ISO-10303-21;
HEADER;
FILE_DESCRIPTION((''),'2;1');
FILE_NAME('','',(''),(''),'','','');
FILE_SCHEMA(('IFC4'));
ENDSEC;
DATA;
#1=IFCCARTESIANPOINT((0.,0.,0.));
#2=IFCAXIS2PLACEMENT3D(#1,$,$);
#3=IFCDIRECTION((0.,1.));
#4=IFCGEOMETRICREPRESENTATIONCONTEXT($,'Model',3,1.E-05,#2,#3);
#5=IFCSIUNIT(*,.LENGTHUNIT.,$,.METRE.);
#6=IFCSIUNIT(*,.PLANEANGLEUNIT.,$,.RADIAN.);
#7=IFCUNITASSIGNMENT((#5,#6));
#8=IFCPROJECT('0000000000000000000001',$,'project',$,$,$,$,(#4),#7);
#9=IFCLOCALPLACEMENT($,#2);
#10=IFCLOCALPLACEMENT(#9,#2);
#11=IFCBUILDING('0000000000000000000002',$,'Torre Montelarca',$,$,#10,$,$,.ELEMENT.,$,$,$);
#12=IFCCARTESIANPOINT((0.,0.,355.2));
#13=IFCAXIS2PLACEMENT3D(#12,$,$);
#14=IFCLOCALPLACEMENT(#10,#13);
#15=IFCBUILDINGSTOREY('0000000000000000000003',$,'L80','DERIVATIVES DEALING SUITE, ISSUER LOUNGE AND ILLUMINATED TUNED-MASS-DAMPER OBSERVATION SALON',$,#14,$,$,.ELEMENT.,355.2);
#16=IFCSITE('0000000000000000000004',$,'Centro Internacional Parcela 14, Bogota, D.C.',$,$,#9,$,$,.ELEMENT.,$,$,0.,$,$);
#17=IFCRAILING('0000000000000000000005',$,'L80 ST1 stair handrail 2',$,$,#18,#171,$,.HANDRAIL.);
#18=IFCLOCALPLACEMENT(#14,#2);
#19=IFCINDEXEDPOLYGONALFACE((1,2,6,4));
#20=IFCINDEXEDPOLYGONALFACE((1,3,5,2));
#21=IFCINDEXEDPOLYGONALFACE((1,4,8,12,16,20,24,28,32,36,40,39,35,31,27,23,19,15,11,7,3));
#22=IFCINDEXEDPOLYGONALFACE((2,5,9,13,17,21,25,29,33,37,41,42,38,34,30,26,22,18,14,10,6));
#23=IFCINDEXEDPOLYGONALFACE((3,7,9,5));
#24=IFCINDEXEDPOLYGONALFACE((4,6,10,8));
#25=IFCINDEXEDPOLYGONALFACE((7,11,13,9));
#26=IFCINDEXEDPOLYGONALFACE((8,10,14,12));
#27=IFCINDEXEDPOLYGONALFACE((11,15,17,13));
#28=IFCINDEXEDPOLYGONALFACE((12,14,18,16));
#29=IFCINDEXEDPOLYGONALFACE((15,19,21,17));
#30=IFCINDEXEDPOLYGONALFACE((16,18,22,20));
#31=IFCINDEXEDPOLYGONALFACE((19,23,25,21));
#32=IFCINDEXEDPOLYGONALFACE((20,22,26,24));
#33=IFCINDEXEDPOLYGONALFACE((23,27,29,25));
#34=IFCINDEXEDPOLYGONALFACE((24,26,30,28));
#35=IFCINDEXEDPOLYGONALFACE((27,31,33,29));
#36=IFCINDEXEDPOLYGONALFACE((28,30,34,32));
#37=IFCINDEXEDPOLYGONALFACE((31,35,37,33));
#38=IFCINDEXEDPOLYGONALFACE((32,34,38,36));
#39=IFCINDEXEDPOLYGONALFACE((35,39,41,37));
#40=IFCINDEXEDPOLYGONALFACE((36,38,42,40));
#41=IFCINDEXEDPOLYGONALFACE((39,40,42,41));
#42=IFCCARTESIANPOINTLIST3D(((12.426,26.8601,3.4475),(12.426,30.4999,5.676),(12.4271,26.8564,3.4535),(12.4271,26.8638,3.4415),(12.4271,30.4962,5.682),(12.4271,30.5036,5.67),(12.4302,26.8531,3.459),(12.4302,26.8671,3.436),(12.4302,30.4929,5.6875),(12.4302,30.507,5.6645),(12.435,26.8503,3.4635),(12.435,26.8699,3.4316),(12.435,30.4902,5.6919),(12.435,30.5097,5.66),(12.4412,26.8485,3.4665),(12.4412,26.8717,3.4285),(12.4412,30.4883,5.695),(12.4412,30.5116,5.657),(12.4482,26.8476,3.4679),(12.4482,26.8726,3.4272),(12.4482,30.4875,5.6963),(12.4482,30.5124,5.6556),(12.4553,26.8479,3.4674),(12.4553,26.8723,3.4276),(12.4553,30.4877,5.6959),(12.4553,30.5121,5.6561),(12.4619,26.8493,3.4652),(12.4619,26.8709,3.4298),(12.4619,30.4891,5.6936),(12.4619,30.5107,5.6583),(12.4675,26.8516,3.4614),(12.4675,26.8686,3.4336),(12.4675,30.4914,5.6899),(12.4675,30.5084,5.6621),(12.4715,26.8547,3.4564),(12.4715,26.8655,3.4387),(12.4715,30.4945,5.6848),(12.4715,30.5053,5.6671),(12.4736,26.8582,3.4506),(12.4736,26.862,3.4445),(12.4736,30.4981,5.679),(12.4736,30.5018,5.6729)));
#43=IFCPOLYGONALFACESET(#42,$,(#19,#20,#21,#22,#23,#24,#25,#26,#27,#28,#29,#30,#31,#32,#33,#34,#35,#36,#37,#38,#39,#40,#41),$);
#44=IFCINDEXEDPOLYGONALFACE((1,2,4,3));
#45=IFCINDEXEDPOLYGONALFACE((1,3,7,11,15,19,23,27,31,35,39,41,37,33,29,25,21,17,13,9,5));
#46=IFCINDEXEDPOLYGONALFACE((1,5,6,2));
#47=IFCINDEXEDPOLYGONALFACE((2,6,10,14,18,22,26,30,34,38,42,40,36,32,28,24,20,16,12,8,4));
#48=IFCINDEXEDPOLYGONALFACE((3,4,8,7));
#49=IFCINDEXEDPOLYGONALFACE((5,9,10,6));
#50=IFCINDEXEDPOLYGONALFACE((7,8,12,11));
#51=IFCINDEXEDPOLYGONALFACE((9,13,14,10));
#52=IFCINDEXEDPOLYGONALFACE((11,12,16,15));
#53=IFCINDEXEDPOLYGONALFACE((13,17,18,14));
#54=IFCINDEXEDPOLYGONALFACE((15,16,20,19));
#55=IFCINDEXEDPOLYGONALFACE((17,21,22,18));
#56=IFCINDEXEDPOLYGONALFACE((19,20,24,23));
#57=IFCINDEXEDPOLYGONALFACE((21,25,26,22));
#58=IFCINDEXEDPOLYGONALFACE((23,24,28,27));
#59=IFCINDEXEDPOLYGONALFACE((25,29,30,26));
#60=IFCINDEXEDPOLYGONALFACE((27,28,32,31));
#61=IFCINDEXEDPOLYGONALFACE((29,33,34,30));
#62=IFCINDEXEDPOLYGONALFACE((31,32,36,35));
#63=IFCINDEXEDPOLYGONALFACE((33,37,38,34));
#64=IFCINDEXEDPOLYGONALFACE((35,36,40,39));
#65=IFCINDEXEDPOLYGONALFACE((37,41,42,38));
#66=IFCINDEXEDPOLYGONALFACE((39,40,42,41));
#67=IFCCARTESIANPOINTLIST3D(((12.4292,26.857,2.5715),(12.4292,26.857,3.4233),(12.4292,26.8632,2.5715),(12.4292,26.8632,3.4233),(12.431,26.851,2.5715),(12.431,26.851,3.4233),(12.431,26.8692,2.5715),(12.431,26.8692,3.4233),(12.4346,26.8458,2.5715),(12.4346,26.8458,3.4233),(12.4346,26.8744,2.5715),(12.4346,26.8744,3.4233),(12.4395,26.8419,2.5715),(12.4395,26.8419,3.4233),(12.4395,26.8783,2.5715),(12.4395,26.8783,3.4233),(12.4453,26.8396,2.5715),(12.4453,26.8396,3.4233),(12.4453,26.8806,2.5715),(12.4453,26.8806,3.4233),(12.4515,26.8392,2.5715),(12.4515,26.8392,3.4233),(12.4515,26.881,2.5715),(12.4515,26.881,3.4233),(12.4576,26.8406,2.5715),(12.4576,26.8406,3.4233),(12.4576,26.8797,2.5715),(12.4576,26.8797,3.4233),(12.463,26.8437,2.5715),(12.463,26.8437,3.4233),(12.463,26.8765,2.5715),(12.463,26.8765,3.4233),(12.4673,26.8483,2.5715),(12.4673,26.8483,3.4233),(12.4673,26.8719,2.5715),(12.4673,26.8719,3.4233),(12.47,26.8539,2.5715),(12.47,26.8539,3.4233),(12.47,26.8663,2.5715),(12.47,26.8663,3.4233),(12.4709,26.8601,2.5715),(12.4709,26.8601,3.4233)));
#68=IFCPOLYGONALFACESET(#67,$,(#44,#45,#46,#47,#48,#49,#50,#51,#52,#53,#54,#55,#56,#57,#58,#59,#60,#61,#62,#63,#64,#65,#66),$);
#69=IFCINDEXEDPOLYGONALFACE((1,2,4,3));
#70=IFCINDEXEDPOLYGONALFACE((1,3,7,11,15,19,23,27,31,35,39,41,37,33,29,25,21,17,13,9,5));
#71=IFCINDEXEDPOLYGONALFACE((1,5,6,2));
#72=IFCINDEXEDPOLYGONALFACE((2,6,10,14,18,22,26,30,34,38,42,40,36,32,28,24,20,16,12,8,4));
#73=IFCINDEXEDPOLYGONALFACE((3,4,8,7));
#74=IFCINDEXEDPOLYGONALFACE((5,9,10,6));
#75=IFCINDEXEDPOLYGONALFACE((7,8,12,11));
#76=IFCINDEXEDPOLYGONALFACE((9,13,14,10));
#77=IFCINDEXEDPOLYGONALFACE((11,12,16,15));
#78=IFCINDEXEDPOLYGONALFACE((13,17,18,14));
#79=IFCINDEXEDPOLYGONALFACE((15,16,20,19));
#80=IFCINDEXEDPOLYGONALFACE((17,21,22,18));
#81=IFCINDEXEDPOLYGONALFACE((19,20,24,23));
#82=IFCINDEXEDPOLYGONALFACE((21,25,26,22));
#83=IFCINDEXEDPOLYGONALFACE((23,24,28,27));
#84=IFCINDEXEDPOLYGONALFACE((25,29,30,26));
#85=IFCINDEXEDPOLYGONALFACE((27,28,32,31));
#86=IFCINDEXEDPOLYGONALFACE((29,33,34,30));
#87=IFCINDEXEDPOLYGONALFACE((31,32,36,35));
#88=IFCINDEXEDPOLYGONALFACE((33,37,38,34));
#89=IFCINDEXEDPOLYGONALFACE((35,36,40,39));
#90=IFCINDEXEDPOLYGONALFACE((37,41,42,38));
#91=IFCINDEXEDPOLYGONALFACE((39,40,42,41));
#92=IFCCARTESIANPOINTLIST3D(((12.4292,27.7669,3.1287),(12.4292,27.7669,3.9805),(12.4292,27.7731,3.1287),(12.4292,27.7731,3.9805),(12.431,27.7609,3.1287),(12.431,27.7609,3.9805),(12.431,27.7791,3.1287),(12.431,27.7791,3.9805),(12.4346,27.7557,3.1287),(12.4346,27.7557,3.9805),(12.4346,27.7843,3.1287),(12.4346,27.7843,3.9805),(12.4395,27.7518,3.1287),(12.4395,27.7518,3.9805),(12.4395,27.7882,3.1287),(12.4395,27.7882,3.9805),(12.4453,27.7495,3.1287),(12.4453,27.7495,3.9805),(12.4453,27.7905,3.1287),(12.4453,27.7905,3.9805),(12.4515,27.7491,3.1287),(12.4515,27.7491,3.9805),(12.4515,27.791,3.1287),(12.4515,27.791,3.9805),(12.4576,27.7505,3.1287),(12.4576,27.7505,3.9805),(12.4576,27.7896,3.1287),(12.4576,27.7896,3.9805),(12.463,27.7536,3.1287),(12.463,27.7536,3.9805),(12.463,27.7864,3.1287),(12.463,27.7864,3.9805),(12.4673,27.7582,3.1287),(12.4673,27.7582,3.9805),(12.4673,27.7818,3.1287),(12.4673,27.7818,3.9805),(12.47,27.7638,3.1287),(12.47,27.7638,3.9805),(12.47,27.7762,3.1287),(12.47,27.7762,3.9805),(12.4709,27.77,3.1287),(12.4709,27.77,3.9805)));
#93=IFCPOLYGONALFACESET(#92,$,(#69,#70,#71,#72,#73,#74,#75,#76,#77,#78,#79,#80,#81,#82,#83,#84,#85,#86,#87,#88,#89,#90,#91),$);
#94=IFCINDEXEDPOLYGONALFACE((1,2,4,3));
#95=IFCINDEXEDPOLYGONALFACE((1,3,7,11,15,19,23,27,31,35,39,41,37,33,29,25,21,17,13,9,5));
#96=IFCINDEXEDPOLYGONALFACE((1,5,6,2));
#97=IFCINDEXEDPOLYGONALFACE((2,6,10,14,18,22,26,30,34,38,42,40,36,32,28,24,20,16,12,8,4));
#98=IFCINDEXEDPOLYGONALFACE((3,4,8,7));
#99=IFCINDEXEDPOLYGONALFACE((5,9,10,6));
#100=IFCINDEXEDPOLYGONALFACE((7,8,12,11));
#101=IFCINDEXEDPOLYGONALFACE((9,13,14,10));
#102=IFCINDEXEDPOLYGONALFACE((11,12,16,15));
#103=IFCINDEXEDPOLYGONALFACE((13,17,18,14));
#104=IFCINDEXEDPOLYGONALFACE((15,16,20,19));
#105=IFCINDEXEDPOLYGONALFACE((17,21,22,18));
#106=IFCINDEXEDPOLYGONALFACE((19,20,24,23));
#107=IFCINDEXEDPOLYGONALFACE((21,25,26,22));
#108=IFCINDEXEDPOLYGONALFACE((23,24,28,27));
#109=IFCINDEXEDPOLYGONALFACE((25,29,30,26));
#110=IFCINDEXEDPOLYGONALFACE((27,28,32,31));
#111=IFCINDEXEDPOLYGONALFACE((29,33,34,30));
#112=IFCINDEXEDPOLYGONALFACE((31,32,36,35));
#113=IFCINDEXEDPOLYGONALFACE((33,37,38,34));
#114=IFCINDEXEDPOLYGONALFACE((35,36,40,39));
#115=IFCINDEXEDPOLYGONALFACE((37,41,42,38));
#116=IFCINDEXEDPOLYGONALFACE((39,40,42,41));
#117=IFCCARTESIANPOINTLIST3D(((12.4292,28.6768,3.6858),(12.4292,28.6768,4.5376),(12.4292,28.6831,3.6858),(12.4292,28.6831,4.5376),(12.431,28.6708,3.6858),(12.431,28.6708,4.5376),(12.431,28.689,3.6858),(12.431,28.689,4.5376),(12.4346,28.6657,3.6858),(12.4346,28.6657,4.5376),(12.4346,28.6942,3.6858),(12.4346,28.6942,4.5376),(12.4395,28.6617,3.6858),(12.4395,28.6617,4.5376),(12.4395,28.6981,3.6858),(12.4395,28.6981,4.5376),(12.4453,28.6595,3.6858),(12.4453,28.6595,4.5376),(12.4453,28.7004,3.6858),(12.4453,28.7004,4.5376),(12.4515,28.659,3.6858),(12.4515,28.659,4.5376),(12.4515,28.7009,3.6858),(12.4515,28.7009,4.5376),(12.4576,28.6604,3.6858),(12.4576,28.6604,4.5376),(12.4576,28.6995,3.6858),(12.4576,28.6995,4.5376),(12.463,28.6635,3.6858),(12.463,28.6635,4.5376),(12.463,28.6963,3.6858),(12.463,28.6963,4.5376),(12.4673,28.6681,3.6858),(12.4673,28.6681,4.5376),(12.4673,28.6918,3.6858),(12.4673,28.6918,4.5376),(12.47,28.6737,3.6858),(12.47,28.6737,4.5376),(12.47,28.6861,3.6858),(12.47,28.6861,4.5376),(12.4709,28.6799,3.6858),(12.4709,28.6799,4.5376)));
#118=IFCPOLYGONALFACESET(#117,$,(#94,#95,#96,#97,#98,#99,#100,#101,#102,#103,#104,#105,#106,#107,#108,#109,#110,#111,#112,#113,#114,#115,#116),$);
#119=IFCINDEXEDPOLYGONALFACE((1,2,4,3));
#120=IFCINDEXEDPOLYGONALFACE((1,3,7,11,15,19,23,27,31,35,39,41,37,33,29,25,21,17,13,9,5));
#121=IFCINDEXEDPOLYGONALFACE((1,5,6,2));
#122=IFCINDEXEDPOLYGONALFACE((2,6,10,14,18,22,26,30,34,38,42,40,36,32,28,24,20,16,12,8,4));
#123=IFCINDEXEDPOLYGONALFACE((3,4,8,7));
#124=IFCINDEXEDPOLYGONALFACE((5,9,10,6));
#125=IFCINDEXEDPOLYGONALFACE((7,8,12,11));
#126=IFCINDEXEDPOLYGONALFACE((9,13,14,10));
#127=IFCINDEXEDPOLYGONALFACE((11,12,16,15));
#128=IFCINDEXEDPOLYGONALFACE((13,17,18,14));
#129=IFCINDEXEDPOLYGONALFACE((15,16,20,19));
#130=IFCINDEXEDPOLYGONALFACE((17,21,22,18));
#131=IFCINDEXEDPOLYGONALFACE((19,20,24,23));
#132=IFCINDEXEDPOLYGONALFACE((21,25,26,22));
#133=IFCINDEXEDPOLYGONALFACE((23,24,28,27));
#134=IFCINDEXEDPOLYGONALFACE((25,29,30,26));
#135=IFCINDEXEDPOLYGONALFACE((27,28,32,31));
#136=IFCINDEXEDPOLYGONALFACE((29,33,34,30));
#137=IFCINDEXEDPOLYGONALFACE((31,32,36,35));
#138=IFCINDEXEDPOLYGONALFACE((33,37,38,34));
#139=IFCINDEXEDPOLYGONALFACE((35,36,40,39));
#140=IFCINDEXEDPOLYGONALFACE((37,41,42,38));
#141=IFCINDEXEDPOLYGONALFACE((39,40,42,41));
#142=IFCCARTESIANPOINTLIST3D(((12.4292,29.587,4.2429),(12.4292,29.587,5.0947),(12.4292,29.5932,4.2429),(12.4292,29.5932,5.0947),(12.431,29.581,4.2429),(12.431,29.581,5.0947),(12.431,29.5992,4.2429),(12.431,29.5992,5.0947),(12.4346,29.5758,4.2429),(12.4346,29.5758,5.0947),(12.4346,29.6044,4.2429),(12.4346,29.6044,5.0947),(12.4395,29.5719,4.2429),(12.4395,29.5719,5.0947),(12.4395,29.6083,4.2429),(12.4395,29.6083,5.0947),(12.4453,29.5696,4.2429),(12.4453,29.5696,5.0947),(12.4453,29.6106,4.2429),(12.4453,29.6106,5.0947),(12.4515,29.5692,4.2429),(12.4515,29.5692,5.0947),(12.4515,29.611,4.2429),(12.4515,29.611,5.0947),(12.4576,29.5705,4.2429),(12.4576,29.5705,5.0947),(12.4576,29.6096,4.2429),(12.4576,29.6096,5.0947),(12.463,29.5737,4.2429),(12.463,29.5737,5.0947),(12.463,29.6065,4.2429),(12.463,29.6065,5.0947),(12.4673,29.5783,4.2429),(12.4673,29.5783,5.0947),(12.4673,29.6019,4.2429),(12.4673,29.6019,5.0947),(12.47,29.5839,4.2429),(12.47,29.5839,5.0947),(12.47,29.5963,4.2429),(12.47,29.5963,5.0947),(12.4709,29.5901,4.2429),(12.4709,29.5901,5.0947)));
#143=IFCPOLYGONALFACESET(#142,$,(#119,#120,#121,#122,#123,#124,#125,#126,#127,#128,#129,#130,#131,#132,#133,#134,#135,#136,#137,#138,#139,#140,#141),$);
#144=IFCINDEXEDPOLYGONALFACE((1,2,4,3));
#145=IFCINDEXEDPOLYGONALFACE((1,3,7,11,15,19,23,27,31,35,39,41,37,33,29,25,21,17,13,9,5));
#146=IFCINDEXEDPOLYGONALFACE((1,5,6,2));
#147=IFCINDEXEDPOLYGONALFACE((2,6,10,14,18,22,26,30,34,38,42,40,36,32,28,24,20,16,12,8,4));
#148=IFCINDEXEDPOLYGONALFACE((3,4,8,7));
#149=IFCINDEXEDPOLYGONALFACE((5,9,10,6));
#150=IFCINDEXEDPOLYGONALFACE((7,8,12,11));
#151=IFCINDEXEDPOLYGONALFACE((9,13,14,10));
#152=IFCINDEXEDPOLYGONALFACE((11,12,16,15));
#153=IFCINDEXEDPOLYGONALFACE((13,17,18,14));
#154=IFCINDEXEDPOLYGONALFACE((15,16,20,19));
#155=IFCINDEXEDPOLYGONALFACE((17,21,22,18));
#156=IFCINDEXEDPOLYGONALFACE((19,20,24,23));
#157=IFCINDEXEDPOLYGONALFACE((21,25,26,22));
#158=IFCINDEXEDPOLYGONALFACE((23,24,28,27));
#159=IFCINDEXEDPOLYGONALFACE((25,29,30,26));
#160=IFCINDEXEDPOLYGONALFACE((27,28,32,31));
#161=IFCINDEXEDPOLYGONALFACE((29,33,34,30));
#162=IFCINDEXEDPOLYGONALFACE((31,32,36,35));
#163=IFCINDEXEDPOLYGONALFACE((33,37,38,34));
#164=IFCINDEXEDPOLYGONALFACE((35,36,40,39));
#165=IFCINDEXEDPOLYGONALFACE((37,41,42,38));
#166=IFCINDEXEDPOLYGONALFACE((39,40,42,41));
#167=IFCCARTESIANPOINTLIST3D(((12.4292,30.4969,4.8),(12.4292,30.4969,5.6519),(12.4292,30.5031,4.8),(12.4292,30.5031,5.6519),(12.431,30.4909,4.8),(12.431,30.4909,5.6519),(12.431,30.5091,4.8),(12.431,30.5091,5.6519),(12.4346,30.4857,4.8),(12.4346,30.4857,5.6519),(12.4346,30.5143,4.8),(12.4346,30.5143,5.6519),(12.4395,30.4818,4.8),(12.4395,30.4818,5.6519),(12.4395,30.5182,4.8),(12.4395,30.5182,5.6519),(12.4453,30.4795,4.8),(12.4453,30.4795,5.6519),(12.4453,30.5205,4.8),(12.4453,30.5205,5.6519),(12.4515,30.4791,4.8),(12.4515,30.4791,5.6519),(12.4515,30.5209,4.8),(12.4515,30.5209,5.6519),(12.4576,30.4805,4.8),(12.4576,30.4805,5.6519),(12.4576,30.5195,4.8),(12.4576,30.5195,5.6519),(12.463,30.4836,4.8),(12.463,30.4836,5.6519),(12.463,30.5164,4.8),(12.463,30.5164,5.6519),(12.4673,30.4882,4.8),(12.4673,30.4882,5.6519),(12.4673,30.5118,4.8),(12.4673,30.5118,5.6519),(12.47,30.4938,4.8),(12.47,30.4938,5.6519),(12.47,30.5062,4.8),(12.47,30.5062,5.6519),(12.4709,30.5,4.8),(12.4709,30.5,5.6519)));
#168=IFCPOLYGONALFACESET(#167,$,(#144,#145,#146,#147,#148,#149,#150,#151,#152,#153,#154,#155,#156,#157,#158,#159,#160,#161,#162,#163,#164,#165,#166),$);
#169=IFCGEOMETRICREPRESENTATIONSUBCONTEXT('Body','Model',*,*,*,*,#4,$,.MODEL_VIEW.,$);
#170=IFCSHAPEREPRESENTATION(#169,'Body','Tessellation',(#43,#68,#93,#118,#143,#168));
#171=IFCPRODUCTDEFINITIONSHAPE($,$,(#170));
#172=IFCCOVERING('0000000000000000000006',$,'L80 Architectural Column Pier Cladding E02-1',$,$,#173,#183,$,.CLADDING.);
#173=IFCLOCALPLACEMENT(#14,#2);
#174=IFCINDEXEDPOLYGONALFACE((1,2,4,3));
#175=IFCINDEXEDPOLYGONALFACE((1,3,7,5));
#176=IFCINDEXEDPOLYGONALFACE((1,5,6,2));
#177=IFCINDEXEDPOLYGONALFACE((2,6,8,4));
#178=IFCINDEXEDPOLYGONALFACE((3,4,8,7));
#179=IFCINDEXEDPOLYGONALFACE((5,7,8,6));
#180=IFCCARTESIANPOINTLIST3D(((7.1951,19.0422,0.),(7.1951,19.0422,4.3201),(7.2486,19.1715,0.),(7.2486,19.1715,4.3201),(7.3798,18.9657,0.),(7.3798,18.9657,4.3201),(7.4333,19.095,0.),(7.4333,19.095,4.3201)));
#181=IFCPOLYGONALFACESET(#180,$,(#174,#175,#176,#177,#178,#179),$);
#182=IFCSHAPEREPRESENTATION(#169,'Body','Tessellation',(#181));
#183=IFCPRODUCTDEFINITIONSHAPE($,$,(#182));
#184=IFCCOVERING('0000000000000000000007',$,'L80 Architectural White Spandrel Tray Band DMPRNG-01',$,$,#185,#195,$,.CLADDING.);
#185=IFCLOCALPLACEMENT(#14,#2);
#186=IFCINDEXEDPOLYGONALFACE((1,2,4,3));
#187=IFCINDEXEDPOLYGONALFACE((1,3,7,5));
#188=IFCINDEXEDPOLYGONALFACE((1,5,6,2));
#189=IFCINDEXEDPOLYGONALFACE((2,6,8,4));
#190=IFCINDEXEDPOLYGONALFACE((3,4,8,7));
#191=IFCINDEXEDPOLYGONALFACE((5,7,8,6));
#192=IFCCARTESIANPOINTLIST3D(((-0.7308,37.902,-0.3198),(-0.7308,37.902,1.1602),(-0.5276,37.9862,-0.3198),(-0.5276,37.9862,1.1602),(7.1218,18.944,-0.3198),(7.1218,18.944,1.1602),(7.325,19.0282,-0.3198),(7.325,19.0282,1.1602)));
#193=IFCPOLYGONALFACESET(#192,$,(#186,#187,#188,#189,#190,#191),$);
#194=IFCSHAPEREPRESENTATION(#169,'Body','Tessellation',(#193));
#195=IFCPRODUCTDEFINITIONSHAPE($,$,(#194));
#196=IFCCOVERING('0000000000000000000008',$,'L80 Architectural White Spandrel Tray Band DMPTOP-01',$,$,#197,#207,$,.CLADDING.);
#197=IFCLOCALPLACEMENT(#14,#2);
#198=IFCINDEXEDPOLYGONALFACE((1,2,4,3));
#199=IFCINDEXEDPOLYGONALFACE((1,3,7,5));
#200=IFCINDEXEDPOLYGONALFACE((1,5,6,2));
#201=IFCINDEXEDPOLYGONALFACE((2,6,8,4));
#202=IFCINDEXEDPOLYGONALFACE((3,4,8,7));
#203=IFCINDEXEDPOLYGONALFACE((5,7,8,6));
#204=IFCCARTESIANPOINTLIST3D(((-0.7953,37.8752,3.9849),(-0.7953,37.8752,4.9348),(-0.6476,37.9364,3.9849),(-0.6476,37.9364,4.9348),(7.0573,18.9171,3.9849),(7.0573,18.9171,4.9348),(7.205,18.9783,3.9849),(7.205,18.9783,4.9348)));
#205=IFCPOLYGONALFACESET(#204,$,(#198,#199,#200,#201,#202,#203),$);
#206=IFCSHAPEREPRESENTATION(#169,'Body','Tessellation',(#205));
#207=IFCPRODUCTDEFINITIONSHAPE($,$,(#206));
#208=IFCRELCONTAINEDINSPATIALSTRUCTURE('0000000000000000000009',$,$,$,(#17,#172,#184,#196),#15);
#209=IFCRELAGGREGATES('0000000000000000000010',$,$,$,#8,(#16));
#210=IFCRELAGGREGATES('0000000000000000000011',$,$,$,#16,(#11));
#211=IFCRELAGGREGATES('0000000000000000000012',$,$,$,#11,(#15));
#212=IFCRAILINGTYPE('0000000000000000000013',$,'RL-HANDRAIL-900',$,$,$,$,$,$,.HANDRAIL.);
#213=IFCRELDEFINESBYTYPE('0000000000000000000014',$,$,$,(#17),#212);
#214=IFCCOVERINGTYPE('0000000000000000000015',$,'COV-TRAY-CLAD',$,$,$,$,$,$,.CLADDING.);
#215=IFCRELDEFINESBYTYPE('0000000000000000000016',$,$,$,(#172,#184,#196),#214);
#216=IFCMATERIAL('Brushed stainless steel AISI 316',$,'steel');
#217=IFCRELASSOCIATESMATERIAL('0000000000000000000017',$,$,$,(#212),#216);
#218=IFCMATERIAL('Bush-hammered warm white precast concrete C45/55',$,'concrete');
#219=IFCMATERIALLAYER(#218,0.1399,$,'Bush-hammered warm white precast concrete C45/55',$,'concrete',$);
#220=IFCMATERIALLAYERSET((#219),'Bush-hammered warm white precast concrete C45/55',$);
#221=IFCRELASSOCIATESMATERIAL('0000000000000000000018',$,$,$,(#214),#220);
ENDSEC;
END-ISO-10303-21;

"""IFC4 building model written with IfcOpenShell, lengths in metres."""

from ifc_helpers import new_model, si_unit, direction, frame, origin, origin_2d, place, context, subcontext, project, spatial, rectangle, circle, extrude, source, transform, mapped, material, layer, layer_set, type_object, element, save


model = new_model("IFC4")

# Units and contexts
model_context = context("Model", 3, precision=1e-05, world=origin(), true_north=direction((0.0, 1.0)))
body_context = subcontext(model_context, "Body", "Model", "MODEL_VIEW")
ifc_project = project(units=[si_unit("LENGTHUNIT", "METRE"), si_unit("PLANEANGLEUNIT", "RADIAN")], contexts=[model_context])

# Site, building, storey
site_placement = place(None, origin())
site = spatial("IfcSite", under=ifc_project, at=site_placement, Name="Centro Internacional Parcela 14, Bogota, D.C.", CompositionType="ELEMENT", RefElevation=0.0)
building_placement = place(site_placement, origin())
building = spatial("IfcBuilding", under=site, at=building_placement, Name="Torre Montelarca", CompositionType="ELEMENT")
storey_placement = place(building_placement, frame((0.0, 0.0, 355.2)))
storey = spatial("IfcBuildingStorey", under=building, at=storey_placement, Name="L80", Description="DERIVATIVES DEALING SUITE, ISSUER LOUNGE AND ILLUMINATED TUNED-MASS-DAMPER OBSERVATION SALON", CompositionType="ELEMENT", Elevation=355.2)

# Railing
ifc_material_1 = material(Name="Brushed stainless steel AISI 316", Category="steel")
railing_type_1 = type_object("IfcRailingType", Name="RL-HANDRAIL-900", PredefinedType="HANDRAIL", material=ifc_material_1)
railing_1_placement = place(storey_placement, frame((12.45, 26.8601, 2.5715)))
element("IfcRailing", 1, at=railing_1_placement, inside=storey, type_object=railing_type_1, Name="L80 ST1 stair handrail 2", PredefinedType="HANDRAIL", context=body_context, shape_type="SweptSolid", body=[
    extrude(circle(Radius=0.0239, at=origin_2d()), frame((0.0, 0.0, 0.876), z_axis=(0.0, 0.85285, 0.522156), x_axis=(-1.0, 0.0, 0.0)), (0.0, 0.0, 1.0), 4.2678),
    extrude(circle(Radius=0.021, at=origin_2d()), origin(), (0.0, 0.0, 1.0), 0.8518),
    extrude(circle(Radius=0.021, at=origin_2d()), frame((0.0, 0.9099, 0.5571)), (0.0, 0.0, 1.0), 0.8518),
    extrude(circle(Radius=0.021, at=origin_2d()), frame((0.0, 1.8198, 1.1143)), (0.0, 0.0, 1.0), 0.8518),
    extrude(circle(Radius=0.021, at=origin_2d()), frame((0.0, 2.73, 1.6714)), (0.0, 0.0, 1.0), 0.8518),
    extrude(circle(Radius=0.021, at=origin_2d()), frame((0.0, 3.6399, 2.2285)), (0.0, 0.0, 1.0), 0.8518),
])

# Coverings
ifc_material_2 = material(Name="Bush-hammered warm white precast concrete C45/55", Category="concrete")
ifc_layer_1 = layer(ifc_material_2, 0.1399, Name="Bush-hammered warm white precast concrete C45/55", Category="concrete")
ifc_layer_set_1 = layer_set([ifc_layer_1], Name="Bush-hammered warm white precast concrete C45/55")
covering_type = type_object("IfcCoveringType", Name="COV-TRAY-CLAD", PredefinedType="CLADDING", material=ifc_layer_set_1)
shared_shape_1 = source(origin(), body_context, "Body", "SweptSolid", [
    extrude(rectangle(XDim=0.2, YDim=0.1399, at=origin_2d()), origin(), (0.0, 0.0, 1.0), 4.3201),
])
covering_1_placement = place(storey_placement, frame((7.3142, 19.0686, 0.0), z_axis=(0.0, 0.0, 1.0), x_axis=(0.923884, -0.382672, 0.0)))
element("IfcCovering", 2, at=covering_1_placement, inside=storey, type_object=covering_type, Name="L80 Architectural Column Pier Cladding E02-1", PredefinedType="CLADDING", context=body_context, shape_type="MappedRepresentation", body=[
    mapped(shared_shape_1, transform((0.0, 0.0, 0.0), scale=1.0)),
])
shared_shape_2 = source(origin(), body_context, "Body", "SweptSolid", [
    extrude(rectangle(XDim=20.52, YDim=0.22, at=origin_2d()), origin(), (0.0, 0.0, 1.0), 1.48),
])
covering_2_placement = place(storey_placement, frame((3.2971, 28.4651, -0.3198), z_axis=(0.0, 0.0, 1.0), x_axis=(0.38268, -0.923881, 0.0)))
element("IfcCovering", 3, at=covering_2_placement, inside=storey, type_object=covering_type, Name="L80 Architectural White Spandrel Tray Band DMPRNG-01", PredefinedType="CLADDING", context=body_context, shape_type="MappedRepresentation", body=[
    mapped(shared_shape_2, transform((0.0, 0.0, 0.0), scale=1.0)),
])
shared_shape_3 = source(origin(), body_context, "Body", "SweptSolid", [
    extrude(rectangle(XDim=20.52, YDim=0.1599, at=origin_2d()), origin(), (0.0, 0.0, 1.0), 0.95),
])
covering_3_placement = place(storey_placement, frame((3.2048, 28.4268, 3.9849), z_axis=(0.0, 0.0, 1.0), x_axis=(0.38268, -0.923881, 0.0)))
element("IfcCovering", 4, at=covering_3_placement, inside=storey, type_object=covering_type, Name="L80 Architectural White Spandrel Tray Band DMPTOP-01", PredefinedType="CLADDING", context=body_context, shape_type="MappedRepresentation", body=[
    mapped(shared_shape_3, transform((0.0, 0.0, 0.0), scale=1.0)),
])

save(model, "model.ifc")
